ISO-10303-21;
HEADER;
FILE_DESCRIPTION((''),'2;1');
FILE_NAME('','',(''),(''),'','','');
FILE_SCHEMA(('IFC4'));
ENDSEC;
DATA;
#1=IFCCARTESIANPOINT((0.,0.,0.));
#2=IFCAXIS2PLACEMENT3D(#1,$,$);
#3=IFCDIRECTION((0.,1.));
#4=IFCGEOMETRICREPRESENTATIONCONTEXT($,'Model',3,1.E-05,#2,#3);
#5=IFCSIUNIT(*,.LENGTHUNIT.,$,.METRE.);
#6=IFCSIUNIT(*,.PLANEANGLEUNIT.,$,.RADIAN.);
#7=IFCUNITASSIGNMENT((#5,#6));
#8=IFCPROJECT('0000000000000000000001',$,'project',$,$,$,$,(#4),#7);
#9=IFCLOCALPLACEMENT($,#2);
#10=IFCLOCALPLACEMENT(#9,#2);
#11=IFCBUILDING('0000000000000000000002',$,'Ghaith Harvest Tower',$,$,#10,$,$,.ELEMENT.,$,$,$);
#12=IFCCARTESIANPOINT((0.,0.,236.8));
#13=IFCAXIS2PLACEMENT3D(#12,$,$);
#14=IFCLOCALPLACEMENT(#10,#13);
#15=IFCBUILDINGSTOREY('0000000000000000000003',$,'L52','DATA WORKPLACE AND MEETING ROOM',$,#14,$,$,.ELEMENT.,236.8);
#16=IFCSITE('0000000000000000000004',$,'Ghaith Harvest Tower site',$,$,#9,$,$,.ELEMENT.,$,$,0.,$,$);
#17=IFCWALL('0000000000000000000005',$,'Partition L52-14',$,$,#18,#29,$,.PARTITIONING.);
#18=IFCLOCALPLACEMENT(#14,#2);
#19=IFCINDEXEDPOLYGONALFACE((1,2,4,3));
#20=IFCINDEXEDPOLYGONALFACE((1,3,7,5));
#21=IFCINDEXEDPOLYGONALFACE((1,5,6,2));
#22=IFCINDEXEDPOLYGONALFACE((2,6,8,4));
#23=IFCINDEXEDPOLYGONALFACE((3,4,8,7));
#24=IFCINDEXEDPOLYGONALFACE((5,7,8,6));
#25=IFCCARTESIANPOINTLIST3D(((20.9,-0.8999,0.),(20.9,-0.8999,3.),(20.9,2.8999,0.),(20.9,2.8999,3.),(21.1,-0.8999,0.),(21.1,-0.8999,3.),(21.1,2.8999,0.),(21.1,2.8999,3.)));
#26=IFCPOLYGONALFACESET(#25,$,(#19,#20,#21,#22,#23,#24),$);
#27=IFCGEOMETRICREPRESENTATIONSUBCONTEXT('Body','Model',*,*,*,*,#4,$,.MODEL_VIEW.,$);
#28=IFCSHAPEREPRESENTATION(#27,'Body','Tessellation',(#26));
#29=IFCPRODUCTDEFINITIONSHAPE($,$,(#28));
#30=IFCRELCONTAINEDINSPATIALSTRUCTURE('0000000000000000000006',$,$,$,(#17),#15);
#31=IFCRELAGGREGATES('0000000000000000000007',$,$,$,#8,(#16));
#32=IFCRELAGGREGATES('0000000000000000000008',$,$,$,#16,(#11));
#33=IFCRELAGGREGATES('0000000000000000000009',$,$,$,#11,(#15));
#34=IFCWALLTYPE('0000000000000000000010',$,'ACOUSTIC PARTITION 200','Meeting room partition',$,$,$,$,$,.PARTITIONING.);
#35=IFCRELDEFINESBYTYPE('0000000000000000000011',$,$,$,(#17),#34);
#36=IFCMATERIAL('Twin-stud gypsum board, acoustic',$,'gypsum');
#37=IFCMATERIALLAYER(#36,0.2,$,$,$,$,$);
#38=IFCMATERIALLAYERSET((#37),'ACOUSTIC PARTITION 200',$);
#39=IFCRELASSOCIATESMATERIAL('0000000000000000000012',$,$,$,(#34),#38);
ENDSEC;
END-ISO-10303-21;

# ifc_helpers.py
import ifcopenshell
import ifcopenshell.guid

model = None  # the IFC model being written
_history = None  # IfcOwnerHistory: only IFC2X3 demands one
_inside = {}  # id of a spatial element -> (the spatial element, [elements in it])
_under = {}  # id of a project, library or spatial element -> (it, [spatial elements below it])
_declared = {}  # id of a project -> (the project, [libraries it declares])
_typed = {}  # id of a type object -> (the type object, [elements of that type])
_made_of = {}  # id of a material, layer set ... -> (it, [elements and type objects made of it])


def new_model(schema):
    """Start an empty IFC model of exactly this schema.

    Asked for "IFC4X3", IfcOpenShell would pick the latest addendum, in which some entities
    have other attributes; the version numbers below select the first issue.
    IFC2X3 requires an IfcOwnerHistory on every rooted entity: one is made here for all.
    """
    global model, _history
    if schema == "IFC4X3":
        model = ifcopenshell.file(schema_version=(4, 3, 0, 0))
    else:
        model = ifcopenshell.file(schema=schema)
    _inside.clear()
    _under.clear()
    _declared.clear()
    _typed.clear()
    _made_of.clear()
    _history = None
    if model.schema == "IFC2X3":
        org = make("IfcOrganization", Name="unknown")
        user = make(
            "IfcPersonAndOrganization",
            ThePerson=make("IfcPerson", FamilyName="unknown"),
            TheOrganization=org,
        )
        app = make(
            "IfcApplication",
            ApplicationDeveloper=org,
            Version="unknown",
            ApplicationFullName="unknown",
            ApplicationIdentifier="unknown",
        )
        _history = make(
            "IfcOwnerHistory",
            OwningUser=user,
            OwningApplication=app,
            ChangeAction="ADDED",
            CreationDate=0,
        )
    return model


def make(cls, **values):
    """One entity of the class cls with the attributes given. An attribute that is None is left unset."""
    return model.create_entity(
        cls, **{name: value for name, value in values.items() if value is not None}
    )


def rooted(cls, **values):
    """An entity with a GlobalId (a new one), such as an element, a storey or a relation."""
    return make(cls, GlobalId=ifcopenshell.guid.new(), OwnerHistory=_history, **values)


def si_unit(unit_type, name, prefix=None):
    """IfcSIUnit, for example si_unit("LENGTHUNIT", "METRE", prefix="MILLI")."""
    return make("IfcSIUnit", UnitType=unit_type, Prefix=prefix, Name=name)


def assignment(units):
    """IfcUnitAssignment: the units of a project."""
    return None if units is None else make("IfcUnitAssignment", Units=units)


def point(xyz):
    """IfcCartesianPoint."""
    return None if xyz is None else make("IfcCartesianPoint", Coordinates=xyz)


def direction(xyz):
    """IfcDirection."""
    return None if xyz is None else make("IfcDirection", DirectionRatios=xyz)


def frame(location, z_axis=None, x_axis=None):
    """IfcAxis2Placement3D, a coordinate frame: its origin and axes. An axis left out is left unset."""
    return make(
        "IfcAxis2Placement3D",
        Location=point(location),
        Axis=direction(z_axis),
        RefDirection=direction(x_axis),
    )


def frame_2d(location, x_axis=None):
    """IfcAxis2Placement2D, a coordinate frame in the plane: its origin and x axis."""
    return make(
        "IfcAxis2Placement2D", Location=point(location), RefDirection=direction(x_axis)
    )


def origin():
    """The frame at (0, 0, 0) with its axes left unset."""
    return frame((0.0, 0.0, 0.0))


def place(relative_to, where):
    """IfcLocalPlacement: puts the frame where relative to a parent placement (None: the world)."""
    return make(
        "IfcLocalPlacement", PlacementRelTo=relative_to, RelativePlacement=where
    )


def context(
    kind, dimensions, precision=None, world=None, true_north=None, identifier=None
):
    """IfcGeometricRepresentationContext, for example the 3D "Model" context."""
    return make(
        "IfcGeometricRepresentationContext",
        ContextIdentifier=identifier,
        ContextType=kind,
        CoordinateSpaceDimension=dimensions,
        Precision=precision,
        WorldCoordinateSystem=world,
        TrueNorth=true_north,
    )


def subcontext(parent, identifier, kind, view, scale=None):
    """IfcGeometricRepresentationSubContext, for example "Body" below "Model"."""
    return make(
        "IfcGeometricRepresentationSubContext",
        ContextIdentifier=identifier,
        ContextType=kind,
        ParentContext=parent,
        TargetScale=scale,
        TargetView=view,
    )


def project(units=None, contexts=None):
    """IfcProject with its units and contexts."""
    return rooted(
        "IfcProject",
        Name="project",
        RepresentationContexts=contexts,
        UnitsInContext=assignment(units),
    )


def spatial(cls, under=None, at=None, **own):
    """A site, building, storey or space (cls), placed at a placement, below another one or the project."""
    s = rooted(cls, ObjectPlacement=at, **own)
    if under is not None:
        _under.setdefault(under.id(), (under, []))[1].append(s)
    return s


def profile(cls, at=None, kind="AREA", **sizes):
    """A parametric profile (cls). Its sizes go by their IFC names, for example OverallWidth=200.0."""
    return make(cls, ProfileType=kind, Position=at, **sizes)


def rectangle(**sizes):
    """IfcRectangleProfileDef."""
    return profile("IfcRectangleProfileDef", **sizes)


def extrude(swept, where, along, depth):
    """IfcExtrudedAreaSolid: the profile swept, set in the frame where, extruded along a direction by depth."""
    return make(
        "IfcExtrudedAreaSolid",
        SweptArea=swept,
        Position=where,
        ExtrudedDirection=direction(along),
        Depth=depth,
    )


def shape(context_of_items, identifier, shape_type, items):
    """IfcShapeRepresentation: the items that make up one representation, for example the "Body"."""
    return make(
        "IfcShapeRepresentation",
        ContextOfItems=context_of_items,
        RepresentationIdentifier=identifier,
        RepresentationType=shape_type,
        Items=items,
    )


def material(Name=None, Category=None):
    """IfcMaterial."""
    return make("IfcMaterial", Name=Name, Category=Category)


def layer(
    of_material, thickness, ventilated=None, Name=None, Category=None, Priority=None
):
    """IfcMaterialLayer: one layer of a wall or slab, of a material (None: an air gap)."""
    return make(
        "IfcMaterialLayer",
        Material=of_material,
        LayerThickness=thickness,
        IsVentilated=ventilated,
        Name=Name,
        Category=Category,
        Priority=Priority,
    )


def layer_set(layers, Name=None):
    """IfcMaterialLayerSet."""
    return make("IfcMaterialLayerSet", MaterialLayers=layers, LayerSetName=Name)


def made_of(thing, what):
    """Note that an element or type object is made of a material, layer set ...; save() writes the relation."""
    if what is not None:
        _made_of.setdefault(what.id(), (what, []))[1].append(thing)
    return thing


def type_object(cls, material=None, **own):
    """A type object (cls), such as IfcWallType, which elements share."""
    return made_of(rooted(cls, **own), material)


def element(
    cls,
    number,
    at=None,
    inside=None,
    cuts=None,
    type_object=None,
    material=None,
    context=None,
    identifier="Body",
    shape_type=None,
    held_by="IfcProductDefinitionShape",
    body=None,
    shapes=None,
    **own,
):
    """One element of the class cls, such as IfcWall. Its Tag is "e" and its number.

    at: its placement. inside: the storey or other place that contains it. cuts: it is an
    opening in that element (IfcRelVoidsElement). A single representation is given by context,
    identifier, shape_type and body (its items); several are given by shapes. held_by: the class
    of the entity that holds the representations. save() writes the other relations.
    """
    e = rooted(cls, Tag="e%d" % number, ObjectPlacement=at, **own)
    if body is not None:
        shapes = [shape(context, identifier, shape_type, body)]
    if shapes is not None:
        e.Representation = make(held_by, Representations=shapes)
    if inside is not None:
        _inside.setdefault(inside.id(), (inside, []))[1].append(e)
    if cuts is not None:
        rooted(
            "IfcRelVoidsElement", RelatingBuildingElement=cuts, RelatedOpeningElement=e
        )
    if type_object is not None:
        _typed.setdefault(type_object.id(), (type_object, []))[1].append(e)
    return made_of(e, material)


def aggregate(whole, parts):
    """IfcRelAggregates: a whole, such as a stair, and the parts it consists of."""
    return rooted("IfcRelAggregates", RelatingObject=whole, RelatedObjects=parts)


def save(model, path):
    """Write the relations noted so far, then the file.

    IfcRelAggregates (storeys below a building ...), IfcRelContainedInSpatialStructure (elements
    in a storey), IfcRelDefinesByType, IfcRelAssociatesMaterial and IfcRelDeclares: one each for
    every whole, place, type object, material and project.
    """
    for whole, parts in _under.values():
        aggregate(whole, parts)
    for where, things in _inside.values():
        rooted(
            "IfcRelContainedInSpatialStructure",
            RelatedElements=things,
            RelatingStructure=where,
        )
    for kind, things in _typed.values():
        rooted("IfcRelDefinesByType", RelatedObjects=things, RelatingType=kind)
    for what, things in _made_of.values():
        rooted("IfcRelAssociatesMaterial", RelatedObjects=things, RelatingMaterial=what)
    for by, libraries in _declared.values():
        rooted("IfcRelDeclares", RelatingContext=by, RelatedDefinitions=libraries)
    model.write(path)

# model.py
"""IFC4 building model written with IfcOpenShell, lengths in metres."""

from ifc_helpers import new_model, si_unit, direction, frame, frame_2d, origin, place, context, subcontext, project, spatial, rectangle, extrude, material, layer, layer_set, type_object, element, save


model = new_model("IFC4")

# Units and contexts
model_context = context("Model", 3, precision=1e-05, world=origin(), true_north=direction((0.0, 1.0)))
body_context = subcontext(model_context, "Body", "Model", "MODEL_VIEW")
ifc_project = project(units=[si_unit("LENGTHUNIT", "METRE"), si_unit("PLANEANGLEUNIT", "RADIAN")], contexts=[model_context])

# Site, building, storey
site_placement = place(None, origin())
site = spatial("IfcSite", under=ifc_project, at=site_placement, Name="Ghaith Harvest Tower site", CompositionType="ELEMENT", RefElevation=0.0)
building_placement = place(site_placement, origin())
building = spatial("IfcBuilding", under=site, at=building_placement, Name="Ghaith Harvest Tower", CompositionType="ELEMENT")
storey_placement = place(building_placement, frame((0.0, 0.0, 236.8)))
storey = spatial("IfcBuildingStorey", under=building, at=storey_placement, Name="L52", Description="DATA WORKPLACE AND MEETING ROOM", CompositionType="ELEMENT", Elevation=236.8)

# Shared definitions
ifc_material_1 = material(Name="Twin-stud gypsum board, acoustic", Category="gypsum")
ifc_layer_1 = layer(ifc_material_1, 0.2)
ifc_layer_set_1 = layer_set([ifc_layer_1], Name="ACOUSTIC PARTITION 200")
wall_type_1 = type_object("IfcWallType", Name="ACOUSTIC PARTITION 200", Description="Meeting room partition", PredefinedType="PARTITIONING", material=ifc_layer_set_1)

# Wall
wall_1_placement = place(storey_placement, frame((21.0, -0.8999, 0.0), z_axis=(0.0, 0.0, 1.0), x_axis=(0.0, 1.0, 0.0)))
element("IfcWall", 1, at=wall_1_placement, inside=storey, type_object=wall_type_1, Name="Partition L52-14", PredefinedType="PARTITIONING", context=body_context, shape_type="SweptSolid", body=[
    extrude(rectangle(XDim=3.7998, YDim=0.2, at=frame_2d((1.8999, 0.0))), origin(), (0.0, 0.0, 1.0), 3.0),
])

save(model, "model.ifc")
